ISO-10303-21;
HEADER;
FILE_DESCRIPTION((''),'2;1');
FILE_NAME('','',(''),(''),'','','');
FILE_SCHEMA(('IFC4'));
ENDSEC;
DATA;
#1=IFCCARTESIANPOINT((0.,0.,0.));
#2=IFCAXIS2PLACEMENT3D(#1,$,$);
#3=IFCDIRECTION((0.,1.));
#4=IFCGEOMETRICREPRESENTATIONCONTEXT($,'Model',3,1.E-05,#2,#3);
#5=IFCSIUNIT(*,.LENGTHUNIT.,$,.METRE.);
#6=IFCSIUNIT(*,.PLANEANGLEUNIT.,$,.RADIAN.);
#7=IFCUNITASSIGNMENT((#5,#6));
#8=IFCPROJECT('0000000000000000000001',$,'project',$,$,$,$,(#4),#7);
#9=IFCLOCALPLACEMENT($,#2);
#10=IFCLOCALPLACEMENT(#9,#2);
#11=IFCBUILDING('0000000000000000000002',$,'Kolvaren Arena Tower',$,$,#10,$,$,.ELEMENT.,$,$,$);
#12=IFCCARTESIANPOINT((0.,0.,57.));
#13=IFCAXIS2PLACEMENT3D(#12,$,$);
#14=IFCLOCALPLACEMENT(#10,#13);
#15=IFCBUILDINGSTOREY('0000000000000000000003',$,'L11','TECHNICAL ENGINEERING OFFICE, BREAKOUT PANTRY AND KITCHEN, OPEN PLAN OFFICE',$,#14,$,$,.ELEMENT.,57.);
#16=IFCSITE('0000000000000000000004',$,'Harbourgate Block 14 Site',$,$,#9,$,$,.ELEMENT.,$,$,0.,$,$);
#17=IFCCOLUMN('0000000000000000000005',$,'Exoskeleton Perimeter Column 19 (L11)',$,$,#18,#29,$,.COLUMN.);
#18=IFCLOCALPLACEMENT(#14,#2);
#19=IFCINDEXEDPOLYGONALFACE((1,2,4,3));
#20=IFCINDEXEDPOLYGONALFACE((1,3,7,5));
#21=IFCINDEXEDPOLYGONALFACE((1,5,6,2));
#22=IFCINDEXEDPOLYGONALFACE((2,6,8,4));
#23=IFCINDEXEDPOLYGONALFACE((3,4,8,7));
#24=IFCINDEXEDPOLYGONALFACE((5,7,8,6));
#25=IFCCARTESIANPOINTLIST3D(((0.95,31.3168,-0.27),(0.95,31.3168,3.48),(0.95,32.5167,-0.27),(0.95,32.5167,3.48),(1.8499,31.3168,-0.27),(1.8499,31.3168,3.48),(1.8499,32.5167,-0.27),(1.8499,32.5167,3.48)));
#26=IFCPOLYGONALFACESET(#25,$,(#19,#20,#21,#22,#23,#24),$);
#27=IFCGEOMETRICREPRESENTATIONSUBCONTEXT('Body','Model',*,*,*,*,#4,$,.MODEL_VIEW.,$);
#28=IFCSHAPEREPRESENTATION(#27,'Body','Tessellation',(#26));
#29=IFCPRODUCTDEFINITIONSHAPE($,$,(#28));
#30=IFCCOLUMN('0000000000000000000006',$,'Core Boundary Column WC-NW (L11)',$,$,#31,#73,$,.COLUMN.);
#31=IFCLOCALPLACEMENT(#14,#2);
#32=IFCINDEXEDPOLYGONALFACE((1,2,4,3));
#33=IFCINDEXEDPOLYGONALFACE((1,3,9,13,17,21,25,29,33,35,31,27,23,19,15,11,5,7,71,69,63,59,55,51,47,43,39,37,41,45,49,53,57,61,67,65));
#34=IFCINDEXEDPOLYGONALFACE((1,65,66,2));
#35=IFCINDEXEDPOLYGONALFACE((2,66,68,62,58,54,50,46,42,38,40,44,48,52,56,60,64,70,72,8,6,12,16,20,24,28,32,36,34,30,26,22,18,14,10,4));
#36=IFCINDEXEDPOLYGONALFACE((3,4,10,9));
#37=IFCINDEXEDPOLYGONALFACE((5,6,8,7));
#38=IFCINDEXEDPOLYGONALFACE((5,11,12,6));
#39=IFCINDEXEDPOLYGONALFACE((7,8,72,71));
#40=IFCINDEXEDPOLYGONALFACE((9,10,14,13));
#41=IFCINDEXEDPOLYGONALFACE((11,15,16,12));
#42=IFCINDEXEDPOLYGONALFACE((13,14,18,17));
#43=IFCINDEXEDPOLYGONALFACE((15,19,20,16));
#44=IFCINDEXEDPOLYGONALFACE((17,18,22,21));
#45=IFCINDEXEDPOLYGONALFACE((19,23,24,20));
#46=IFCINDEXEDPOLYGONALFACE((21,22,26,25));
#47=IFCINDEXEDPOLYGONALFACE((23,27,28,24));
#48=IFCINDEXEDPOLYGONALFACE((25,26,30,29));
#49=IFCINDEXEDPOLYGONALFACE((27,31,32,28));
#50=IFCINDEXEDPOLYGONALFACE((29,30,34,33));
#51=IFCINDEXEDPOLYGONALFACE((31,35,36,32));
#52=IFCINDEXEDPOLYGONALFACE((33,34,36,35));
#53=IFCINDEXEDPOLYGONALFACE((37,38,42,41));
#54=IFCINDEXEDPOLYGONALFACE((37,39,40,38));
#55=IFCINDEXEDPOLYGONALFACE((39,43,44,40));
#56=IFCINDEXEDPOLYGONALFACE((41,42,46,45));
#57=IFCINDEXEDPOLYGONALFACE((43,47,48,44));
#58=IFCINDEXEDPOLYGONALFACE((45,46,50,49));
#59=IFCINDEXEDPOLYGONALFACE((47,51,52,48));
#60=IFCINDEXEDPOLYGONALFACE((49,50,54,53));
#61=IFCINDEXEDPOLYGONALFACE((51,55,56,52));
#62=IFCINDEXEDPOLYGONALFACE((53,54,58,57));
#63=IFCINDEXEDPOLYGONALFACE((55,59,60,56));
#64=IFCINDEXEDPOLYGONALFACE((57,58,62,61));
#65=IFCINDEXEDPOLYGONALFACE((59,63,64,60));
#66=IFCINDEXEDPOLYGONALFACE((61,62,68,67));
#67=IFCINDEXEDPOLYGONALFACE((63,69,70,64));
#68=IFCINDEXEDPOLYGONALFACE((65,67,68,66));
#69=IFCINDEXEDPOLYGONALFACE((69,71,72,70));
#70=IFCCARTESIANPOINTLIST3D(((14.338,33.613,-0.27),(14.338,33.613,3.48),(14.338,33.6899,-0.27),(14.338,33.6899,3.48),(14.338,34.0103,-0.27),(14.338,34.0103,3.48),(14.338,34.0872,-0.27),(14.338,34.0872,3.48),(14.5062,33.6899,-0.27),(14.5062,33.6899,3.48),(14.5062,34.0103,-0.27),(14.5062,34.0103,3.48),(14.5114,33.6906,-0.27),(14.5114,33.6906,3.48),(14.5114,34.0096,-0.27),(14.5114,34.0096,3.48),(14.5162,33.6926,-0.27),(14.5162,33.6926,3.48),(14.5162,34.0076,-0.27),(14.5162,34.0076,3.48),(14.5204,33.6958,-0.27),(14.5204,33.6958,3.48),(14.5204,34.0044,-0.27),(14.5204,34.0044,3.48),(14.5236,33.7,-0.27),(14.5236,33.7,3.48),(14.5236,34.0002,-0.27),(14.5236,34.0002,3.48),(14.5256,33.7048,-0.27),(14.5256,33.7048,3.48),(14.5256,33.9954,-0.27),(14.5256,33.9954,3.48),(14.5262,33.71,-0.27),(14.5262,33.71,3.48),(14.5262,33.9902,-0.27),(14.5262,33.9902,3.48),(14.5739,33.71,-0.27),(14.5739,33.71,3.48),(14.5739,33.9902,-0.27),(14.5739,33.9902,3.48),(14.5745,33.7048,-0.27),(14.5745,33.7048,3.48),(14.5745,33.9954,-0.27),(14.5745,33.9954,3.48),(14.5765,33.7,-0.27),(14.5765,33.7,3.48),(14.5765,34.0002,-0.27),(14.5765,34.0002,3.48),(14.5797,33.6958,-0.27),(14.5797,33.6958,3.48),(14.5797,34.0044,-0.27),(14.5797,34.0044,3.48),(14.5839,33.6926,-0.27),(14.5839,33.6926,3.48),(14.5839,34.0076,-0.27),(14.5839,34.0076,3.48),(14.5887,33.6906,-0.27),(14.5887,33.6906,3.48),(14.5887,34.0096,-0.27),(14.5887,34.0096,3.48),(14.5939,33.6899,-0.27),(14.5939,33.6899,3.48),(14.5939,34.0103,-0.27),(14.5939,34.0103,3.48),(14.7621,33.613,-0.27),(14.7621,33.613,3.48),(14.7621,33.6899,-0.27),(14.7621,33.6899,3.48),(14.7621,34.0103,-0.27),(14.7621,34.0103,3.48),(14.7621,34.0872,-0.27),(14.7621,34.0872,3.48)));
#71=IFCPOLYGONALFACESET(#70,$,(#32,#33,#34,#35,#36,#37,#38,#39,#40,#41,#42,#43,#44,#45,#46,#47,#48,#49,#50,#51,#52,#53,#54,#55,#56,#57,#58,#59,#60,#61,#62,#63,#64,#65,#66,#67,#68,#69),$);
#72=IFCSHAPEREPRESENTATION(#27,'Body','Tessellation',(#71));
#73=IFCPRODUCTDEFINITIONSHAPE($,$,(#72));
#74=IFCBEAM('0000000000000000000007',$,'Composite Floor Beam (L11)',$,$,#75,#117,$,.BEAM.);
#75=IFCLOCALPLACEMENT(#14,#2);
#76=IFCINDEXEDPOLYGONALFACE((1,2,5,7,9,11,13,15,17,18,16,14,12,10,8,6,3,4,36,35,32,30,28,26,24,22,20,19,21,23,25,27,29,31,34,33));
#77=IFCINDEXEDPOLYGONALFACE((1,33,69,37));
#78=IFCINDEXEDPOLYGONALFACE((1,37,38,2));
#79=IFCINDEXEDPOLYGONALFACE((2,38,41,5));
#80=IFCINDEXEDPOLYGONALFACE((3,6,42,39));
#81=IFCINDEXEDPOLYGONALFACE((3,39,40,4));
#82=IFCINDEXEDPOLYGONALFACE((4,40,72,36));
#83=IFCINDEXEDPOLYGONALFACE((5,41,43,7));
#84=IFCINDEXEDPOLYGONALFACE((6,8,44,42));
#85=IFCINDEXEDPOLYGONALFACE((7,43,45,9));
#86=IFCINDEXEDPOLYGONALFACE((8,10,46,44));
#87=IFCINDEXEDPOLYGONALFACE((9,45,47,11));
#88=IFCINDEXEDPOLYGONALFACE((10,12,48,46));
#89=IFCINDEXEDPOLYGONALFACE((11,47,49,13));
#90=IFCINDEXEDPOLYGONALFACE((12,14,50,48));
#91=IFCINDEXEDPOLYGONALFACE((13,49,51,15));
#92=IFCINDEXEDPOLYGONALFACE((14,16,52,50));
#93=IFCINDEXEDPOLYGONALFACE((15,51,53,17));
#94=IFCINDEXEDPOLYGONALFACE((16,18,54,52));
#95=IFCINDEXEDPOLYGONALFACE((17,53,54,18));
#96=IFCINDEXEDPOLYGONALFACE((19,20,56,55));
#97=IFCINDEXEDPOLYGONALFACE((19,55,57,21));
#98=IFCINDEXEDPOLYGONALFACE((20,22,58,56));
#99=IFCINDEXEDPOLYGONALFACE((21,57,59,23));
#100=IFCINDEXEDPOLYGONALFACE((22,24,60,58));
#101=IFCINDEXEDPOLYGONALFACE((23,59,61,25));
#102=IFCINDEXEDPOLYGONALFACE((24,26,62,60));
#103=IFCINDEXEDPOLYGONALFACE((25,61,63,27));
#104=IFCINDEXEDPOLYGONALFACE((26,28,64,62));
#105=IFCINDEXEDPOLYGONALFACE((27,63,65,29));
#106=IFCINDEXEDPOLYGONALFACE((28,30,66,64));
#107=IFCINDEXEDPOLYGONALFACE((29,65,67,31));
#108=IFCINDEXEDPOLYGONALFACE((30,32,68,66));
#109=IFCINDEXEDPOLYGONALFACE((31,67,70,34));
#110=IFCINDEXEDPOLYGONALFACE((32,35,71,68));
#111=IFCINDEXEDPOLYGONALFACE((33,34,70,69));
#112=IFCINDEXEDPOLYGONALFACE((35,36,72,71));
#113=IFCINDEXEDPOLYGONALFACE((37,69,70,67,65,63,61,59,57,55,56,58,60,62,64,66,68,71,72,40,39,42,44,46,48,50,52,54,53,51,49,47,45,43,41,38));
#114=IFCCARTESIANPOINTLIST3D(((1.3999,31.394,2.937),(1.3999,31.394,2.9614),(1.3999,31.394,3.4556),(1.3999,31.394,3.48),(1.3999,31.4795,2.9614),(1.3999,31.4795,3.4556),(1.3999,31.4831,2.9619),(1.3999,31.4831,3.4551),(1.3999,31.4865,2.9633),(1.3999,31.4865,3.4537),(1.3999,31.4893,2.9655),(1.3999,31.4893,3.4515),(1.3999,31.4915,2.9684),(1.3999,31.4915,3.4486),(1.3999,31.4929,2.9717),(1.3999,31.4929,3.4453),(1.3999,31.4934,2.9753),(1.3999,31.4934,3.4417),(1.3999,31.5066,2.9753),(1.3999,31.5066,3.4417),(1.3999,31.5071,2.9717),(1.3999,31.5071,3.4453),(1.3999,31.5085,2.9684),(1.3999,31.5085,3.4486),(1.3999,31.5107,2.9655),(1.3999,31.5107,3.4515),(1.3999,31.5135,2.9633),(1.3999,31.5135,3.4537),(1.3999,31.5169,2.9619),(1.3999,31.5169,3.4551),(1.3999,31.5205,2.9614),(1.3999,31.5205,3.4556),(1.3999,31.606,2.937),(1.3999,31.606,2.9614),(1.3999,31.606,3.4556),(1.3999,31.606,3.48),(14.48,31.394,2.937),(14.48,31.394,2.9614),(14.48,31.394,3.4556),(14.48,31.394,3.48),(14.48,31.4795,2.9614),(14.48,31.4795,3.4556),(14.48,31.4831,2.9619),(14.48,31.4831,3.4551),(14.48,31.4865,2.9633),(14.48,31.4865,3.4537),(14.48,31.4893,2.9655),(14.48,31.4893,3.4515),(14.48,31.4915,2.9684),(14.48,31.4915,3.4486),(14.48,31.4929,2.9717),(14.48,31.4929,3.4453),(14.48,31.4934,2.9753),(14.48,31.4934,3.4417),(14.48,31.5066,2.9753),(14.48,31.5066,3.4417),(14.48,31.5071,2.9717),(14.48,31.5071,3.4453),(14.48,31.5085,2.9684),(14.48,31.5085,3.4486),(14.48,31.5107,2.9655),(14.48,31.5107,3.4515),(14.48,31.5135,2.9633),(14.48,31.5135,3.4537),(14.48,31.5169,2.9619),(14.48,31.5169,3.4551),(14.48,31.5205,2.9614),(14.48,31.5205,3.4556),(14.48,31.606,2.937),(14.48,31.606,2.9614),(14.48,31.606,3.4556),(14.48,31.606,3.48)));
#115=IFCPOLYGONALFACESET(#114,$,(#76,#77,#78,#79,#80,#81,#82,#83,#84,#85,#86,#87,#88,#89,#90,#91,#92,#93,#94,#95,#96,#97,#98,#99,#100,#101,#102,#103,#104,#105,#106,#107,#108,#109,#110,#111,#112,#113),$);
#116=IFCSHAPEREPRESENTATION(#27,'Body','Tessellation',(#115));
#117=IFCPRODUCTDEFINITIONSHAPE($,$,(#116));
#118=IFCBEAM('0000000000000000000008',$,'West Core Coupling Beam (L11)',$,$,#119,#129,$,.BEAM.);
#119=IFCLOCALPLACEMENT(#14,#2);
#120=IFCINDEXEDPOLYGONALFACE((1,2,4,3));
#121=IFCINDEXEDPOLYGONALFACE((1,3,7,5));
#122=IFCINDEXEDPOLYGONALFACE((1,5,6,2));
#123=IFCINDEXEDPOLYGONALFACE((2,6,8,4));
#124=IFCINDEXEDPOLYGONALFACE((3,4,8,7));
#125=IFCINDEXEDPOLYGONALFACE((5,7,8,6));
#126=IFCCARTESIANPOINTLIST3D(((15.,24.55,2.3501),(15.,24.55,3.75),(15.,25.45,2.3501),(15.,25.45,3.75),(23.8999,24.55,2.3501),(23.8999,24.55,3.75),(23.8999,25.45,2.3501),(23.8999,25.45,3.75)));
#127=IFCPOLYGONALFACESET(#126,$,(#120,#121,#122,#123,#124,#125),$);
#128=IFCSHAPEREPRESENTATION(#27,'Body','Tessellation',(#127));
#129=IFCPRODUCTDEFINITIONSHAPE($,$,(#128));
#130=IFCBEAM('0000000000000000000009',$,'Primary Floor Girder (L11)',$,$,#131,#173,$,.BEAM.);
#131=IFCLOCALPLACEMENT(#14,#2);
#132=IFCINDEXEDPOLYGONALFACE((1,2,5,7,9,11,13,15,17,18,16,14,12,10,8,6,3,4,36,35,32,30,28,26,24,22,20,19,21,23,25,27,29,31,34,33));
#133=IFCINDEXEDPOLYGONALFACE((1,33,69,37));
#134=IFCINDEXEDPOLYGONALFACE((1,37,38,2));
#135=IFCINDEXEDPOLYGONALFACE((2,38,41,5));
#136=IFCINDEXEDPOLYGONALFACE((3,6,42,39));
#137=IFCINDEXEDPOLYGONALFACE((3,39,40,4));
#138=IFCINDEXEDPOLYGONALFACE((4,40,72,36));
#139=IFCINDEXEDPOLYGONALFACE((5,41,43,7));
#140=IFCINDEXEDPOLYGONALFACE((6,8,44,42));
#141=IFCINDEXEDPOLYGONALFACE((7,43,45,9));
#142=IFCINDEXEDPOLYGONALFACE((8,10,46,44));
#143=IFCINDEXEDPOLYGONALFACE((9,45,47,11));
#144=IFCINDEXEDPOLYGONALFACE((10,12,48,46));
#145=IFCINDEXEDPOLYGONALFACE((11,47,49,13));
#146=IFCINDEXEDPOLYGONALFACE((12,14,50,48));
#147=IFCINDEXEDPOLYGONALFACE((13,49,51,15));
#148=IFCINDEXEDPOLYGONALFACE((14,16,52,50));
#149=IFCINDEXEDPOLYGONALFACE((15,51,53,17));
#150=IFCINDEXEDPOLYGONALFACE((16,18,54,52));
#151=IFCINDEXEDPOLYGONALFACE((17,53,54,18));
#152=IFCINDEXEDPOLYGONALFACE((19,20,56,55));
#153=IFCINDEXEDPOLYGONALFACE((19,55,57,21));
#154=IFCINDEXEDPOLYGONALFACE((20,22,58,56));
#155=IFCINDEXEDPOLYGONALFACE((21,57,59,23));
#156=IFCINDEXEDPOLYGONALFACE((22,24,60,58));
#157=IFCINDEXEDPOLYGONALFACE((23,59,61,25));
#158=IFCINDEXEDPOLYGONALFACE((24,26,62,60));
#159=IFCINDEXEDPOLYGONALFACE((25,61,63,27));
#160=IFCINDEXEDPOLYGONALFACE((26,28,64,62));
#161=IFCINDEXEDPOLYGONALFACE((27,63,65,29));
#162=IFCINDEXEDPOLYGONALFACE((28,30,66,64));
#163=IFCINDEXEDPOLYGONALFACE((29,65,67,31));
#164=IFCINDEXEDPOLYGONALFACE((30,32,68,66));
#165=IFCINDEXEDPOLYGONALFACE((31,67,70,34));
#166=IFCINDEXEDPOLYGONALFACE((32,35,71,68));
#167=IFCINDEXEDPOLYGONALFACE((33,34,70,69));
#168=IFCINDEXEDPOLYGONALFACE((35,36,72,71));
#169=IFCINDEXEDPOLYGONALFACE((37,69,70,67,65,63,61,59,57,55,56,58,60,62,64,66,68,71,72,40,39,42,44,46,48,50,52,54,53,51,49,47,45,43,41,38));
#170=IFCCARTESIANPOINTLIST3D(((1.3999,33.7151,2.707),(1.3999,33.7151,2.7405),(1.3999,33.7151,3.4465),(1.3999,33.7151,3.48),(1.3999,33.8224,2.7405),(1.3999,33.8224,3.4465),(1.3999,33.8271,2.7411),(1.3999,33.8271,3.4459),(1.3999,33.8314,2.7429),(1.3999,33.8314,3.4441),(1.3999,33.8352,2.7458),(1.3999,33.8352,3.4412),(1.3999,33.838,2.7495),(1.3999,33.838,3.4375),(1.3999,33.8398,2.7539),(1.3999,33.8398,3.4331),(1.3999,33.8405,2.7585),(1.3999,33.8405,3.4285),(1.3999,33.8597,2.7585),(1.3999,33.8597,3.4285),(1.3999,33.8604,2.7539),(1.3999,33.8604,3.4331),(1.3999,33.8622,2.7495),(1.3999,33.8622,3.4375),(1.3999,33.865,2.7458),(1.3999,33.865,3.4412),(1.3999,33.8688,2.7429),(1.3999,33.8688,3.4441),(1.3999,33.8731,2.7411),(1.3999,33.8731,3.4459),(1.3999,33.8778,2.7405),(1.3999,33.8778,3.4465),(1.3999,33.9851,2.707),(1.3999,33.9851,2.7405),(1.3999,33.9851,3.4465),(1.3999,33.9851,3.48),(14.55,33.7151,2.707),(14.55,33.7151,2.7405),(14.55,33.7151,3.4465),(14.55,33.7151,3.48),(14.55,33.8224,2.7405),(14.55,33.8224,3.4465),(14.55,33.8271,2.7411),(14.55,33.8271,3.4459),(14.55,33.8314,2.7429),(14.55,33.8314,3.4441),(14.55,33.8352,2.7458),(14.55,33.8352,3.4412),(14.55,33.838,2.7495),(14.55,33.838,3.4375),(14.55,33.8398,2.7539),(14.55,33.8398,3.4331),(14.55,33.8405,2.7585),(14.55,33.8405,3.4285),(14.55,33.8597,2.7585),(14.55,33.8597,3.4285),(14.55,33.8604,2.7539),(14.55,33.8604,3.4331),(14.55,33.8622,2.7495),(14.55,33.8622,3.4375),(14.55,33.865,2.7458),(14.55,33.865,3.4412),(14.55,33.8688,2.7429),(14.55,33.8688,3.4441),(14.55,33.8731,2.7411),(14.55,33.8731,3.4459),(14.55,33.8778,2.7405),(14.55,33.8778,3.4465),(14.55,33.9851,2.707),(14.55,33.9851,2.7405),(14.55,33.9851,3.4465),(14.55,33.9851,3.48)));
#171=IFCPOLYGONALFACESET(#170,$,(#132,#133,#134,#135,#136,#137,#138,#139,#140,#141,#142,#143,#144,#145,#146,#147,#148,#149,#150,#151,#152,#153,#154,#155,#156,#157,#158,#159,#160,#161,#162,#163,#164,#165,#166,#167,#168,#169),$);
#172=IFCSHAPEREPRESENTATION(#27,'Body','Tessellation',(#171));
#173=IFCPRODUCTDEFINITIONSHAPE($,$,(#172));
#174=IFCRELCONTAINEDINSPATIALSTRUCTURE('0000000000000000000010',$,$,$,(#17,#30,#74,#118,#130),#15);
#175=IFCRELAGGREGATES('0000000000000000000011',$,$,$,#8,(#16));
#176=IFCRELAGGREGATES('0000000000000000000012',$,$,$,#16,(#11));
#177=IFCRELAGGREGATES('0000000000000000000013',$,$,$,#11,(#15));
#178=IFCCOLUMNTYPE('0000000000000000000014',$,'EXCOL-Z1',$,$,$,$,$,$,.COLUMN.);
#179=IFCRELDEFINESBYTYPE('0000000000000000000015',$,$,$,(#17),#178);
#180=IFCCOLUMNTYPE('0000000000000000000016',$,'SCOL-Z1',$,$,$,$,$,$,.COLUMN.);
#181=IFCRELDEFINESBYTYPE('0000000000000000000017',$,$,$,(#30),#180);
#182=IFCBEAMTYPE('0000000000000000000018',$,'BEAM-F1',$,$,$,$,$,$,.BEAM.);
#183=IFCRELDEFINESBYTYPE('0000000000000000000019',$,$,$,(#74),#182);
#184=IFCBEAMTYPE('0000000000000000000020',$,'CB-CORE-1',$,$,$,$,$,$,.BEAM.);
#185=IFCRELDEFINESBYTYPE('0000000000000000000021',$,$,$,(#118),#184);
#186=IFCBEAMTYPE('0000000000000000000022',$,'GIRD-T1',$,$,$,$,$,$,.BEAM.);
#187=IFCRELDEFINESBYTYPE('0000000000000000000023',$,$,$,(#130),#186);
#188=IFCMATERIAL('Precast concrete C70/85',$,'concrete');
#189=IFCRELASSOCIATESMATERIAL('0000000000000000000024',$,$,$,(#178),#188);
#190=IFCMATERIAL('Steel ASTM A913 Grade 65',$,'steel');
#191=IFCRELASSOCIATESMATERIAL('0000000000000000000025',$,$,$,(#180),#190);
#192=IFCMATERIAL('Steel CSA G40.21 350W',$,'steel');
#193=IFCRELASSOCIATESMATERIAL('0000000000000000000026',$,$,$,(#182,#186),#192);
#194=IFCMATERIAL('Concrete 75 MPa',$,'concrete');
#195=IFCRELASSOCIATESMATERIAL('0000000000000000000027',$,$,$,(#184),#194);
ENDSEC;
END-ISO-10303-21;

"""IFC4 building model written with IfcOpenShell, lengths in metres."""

from ifc_helpers import new_model, si_unit, direction, frame, origin, origin_2d, place, context, subcontext, project, spatial, rectangle, i_section, extrude, material, material_profile, profile_set, type_object, element, save


model = new_model("IFC4")

# Units and contexts
model_context = context("Model", 3, precision=1e-05, world=origin(), true_north=direction((0.0, 1.0)))
body_context = subcontext(model_context, "Body", "Model", "MODEL_VIEW")
ifc_project = project(units=[si_unit("LENGTHUNIT", "METRE"), si_unit("PLANEANGLEUNIT", "RADIAN")], contexts=[model_context])

# Site, building, storey
site_placement = place(None, origin())
site = spatial("IfcSite", under=ifc_project, at=site_placement, Name="Harbourgate Block 14 Site", CompositionType="ELEMENT", RefElevation=0.0)
building_placement = place(site_placement, origin())
building = spatial("IfcBuilding", under=site, at=building_placement, Name="Kolvaren Arena Tower", CompositionType="ELEMENT")
storey_placement = place(building_placement, frame((0.0, 0.0, 57.0)))
storey = spatial("IfcBuildingStorey", under=building, at=storey_placement, Name="L11", Description="TECHNICAL ENGINEERING OFFICE, BREAKOUT PANTRY AND KITCHEN, OPEN PLAN OFFICE", CompositionType="ELEMENT", Elevation=57.0)

# Columns
ifc_material_1 = material(Name="Precast concrete C70/85", Category="concrete")
ifc_material_profile_1 = material_profile(ifc_material_1, rectangle(XDim=1.2, YDim=0.8999, at=origin_2d()), Name="RC-1200x900")
ifc_profile_set_1 = profile_set([ifc_material_profile_1], Name="Precast concrete C70/85")
column_type_1 = type_object("IfcColumnType", Name="EXCOL-Z1", PredefinedType="COLUMN", material=ifc_profile_set_1)
column_1_placement = place(storey_placement, frame((1.3999, 31.9167, -0.27), z_axis=(0.0, 0.0, 1.0), x_axis=(0.0, 1.0, 0.0)))
element("IfcColumn", 1, at=column_1_placement, inside=storey, type_object=column_type_1, Name="Exoskeleton Perimeter Column 19 (L11)", PredefinedType="COLUMN", context=body_context, shape_type="SweptSolid", body=[
    extrude(rectangle(XDim=1.2, YDim=0.8999, at=origin_2d()), origin(), (0.0, 0.0, 1.0), 3.75),
])
ifc_material_2 = material(Name="Steel ASTM A913 Grade 65", Category="steel")
ifc_material_profile_2 = material_profile(ifc_material_2, i_section(OverallWidth=0.4241, OverallDepth=0.4741, WebThickness=0.0476, FlangeThickness=0.0769, FilletRadius=0.02, at=origin_2d()), Name="W360x634")
ifc_profile_set_2 = profile_set([ifc_material_profile_2], Name="Steel ASTM A913 Grade 65")
column_type_2 = type_object("IfcColumnType", Name="SCOL-Z1", PredefinedType="COLUMN", material=ifc_profile_set_2)
column_2_placement = place(storey_placement, frame((14.55, 33.8501, -0.27), z_axis=(0.0, 0.0, 1.0), x_axis=(1.0, 0.0, 0.0)))
element("IfcColumn", 2, at=column_2_placement, inside=storey, type_object=column_type_2, Name="Core Boundary Column WC-NW (L11)", PredefinedType="COLUMN", context=body_context, shape_type="SweptSolid", body=[
    extrude(i_section(OverallWidth=0.4241, OverallDepth=0.4741, WebThickness=0.0476, FlangeThickness=0.0769, FilletRadius=0.02, at=origin_2d()), origin(), (0.0, 0.0, 1.0), 3.75),
])

# Beams
ifc_material_3 = material(Name="Steel CSA G40.21 350W", Category="steel")
ifc_material_profile_3 = material_profile(ifc_material_3, i_section(OverallWidth=0.2119, OverallDepth=0.543, WebThickness=0.0132, FlangeThickness=0.0244, FilletRadius=0.0139, at=origin_2d()), Name="W530x150")
ifc_profile_set_3 = profile_set([ifc_material_profile_3], Name="Steel CSA G40.21 350W")
beam_type_1 = type_object("IfcBeamType", Name="BEAM-F1", PredefinedType="BEAM", material=ifc_profile_set_3)
beam_1_placement = place(storey_placement, frame((1.3999, 31.5, 3.2085), z_axis=(1.0, 0.0, 0.0), x_axis=(0.0, 1.0, 0.0)))
element("IfcBeam", 3, at=beam_1_placement, inside=storey, type_object=beam_type_1, Name="Composite Floor Beam (L11)", PredefinedType="BEAM", context=body_context, shape_type="SweptSolid", body=[
    extrude(i_section(OverallWidth=0.2119, OverallDepth=0.543, WebThickness=0.0132, FlangeThickness=0.0244, FilletRadius=0.0139, at=origin_2d()), origin(), (0.0, 0.0, 1.0), 13.0801),
])
ifc_material_4 = material(Name="Concrete 75 MPa", Category="concrete")
ifc_material_profile_4 = material_profile(ifc_material_4, rectangle(XDim=0.8999, YDim=1.3999, at=origin_2d()), Name="RC-900x1400")
ifc_profile_set_4 = profile_set([ifc_material_profile_4], Name="Concrete 75 MPa")
beam_type_2 = type_object("IfcBeamType", Name="CB-CORE-1", PredefinedType="BEAM", material=ifc_profile_set_4)
beam_2_placement = place(storey_placement, frame((15.0, 25.0, 3.05), z_axis=(1.0, 0.0, 0.0), x_axis=(0.0, 1.0, 0.0)))
element("IfcBeam", 4, at=beam_2_placement, inside=storey, type_object=beam_type_2, Name="West Core Coupling Beam (L11)", PredefinedType="BEAM", context=body_context, shape_type="SweptSolid", body=[
    extrude(rectangle(XDim=0.8999, YDim=1.3999, at=origin_2d()), origin(), (0.0, 0.0, 1.0), 8.8999),
])
ifc_material_profile_5 = material_profile(ifc_material_3, i_section(OverallWidth=0.27, OverallDepth=0.7729, WebThickness=0.0193, FlangeThickness=0.0334, FilletRadius=0.0181, at=origin_2d()), Name="W760x257")
ifc_profile_set_5 = profile_set([ifc_material_profile_5], Name="Steel CSA G40.21 350W")
beam_type_3 = type_object("IfcBeamType", Name="GIRD-T1", PredefinedType="BEAM", material=ifc_profile_set_5)
beam_3_placement = place(storey_placement, frame((1.3999, 33.8501, 3.0935), z_axis=(1.0, 0.0, 0.0), x_axis=(0.0, 1.0, 0.0)))
element("IfcBeam", 5, at=beam_3_placement, inside=storey, type_object=beam_type_3, Name="Primary Floor Girder (L11)", PredefinedType="BEAM", context=body_context, shape_type="SweptSolid", body=[
    extrude(i_section(OverallWidth=0.27, OverallDepth=0.7729, WebThickness=0.0193, FlangeThickness=0.0334, FilletRadius=0.0181, at=origin_2d()), origin(), (0.0, 0.0, 1.0), 13.1501),
])

save(model, "model.ifc")
